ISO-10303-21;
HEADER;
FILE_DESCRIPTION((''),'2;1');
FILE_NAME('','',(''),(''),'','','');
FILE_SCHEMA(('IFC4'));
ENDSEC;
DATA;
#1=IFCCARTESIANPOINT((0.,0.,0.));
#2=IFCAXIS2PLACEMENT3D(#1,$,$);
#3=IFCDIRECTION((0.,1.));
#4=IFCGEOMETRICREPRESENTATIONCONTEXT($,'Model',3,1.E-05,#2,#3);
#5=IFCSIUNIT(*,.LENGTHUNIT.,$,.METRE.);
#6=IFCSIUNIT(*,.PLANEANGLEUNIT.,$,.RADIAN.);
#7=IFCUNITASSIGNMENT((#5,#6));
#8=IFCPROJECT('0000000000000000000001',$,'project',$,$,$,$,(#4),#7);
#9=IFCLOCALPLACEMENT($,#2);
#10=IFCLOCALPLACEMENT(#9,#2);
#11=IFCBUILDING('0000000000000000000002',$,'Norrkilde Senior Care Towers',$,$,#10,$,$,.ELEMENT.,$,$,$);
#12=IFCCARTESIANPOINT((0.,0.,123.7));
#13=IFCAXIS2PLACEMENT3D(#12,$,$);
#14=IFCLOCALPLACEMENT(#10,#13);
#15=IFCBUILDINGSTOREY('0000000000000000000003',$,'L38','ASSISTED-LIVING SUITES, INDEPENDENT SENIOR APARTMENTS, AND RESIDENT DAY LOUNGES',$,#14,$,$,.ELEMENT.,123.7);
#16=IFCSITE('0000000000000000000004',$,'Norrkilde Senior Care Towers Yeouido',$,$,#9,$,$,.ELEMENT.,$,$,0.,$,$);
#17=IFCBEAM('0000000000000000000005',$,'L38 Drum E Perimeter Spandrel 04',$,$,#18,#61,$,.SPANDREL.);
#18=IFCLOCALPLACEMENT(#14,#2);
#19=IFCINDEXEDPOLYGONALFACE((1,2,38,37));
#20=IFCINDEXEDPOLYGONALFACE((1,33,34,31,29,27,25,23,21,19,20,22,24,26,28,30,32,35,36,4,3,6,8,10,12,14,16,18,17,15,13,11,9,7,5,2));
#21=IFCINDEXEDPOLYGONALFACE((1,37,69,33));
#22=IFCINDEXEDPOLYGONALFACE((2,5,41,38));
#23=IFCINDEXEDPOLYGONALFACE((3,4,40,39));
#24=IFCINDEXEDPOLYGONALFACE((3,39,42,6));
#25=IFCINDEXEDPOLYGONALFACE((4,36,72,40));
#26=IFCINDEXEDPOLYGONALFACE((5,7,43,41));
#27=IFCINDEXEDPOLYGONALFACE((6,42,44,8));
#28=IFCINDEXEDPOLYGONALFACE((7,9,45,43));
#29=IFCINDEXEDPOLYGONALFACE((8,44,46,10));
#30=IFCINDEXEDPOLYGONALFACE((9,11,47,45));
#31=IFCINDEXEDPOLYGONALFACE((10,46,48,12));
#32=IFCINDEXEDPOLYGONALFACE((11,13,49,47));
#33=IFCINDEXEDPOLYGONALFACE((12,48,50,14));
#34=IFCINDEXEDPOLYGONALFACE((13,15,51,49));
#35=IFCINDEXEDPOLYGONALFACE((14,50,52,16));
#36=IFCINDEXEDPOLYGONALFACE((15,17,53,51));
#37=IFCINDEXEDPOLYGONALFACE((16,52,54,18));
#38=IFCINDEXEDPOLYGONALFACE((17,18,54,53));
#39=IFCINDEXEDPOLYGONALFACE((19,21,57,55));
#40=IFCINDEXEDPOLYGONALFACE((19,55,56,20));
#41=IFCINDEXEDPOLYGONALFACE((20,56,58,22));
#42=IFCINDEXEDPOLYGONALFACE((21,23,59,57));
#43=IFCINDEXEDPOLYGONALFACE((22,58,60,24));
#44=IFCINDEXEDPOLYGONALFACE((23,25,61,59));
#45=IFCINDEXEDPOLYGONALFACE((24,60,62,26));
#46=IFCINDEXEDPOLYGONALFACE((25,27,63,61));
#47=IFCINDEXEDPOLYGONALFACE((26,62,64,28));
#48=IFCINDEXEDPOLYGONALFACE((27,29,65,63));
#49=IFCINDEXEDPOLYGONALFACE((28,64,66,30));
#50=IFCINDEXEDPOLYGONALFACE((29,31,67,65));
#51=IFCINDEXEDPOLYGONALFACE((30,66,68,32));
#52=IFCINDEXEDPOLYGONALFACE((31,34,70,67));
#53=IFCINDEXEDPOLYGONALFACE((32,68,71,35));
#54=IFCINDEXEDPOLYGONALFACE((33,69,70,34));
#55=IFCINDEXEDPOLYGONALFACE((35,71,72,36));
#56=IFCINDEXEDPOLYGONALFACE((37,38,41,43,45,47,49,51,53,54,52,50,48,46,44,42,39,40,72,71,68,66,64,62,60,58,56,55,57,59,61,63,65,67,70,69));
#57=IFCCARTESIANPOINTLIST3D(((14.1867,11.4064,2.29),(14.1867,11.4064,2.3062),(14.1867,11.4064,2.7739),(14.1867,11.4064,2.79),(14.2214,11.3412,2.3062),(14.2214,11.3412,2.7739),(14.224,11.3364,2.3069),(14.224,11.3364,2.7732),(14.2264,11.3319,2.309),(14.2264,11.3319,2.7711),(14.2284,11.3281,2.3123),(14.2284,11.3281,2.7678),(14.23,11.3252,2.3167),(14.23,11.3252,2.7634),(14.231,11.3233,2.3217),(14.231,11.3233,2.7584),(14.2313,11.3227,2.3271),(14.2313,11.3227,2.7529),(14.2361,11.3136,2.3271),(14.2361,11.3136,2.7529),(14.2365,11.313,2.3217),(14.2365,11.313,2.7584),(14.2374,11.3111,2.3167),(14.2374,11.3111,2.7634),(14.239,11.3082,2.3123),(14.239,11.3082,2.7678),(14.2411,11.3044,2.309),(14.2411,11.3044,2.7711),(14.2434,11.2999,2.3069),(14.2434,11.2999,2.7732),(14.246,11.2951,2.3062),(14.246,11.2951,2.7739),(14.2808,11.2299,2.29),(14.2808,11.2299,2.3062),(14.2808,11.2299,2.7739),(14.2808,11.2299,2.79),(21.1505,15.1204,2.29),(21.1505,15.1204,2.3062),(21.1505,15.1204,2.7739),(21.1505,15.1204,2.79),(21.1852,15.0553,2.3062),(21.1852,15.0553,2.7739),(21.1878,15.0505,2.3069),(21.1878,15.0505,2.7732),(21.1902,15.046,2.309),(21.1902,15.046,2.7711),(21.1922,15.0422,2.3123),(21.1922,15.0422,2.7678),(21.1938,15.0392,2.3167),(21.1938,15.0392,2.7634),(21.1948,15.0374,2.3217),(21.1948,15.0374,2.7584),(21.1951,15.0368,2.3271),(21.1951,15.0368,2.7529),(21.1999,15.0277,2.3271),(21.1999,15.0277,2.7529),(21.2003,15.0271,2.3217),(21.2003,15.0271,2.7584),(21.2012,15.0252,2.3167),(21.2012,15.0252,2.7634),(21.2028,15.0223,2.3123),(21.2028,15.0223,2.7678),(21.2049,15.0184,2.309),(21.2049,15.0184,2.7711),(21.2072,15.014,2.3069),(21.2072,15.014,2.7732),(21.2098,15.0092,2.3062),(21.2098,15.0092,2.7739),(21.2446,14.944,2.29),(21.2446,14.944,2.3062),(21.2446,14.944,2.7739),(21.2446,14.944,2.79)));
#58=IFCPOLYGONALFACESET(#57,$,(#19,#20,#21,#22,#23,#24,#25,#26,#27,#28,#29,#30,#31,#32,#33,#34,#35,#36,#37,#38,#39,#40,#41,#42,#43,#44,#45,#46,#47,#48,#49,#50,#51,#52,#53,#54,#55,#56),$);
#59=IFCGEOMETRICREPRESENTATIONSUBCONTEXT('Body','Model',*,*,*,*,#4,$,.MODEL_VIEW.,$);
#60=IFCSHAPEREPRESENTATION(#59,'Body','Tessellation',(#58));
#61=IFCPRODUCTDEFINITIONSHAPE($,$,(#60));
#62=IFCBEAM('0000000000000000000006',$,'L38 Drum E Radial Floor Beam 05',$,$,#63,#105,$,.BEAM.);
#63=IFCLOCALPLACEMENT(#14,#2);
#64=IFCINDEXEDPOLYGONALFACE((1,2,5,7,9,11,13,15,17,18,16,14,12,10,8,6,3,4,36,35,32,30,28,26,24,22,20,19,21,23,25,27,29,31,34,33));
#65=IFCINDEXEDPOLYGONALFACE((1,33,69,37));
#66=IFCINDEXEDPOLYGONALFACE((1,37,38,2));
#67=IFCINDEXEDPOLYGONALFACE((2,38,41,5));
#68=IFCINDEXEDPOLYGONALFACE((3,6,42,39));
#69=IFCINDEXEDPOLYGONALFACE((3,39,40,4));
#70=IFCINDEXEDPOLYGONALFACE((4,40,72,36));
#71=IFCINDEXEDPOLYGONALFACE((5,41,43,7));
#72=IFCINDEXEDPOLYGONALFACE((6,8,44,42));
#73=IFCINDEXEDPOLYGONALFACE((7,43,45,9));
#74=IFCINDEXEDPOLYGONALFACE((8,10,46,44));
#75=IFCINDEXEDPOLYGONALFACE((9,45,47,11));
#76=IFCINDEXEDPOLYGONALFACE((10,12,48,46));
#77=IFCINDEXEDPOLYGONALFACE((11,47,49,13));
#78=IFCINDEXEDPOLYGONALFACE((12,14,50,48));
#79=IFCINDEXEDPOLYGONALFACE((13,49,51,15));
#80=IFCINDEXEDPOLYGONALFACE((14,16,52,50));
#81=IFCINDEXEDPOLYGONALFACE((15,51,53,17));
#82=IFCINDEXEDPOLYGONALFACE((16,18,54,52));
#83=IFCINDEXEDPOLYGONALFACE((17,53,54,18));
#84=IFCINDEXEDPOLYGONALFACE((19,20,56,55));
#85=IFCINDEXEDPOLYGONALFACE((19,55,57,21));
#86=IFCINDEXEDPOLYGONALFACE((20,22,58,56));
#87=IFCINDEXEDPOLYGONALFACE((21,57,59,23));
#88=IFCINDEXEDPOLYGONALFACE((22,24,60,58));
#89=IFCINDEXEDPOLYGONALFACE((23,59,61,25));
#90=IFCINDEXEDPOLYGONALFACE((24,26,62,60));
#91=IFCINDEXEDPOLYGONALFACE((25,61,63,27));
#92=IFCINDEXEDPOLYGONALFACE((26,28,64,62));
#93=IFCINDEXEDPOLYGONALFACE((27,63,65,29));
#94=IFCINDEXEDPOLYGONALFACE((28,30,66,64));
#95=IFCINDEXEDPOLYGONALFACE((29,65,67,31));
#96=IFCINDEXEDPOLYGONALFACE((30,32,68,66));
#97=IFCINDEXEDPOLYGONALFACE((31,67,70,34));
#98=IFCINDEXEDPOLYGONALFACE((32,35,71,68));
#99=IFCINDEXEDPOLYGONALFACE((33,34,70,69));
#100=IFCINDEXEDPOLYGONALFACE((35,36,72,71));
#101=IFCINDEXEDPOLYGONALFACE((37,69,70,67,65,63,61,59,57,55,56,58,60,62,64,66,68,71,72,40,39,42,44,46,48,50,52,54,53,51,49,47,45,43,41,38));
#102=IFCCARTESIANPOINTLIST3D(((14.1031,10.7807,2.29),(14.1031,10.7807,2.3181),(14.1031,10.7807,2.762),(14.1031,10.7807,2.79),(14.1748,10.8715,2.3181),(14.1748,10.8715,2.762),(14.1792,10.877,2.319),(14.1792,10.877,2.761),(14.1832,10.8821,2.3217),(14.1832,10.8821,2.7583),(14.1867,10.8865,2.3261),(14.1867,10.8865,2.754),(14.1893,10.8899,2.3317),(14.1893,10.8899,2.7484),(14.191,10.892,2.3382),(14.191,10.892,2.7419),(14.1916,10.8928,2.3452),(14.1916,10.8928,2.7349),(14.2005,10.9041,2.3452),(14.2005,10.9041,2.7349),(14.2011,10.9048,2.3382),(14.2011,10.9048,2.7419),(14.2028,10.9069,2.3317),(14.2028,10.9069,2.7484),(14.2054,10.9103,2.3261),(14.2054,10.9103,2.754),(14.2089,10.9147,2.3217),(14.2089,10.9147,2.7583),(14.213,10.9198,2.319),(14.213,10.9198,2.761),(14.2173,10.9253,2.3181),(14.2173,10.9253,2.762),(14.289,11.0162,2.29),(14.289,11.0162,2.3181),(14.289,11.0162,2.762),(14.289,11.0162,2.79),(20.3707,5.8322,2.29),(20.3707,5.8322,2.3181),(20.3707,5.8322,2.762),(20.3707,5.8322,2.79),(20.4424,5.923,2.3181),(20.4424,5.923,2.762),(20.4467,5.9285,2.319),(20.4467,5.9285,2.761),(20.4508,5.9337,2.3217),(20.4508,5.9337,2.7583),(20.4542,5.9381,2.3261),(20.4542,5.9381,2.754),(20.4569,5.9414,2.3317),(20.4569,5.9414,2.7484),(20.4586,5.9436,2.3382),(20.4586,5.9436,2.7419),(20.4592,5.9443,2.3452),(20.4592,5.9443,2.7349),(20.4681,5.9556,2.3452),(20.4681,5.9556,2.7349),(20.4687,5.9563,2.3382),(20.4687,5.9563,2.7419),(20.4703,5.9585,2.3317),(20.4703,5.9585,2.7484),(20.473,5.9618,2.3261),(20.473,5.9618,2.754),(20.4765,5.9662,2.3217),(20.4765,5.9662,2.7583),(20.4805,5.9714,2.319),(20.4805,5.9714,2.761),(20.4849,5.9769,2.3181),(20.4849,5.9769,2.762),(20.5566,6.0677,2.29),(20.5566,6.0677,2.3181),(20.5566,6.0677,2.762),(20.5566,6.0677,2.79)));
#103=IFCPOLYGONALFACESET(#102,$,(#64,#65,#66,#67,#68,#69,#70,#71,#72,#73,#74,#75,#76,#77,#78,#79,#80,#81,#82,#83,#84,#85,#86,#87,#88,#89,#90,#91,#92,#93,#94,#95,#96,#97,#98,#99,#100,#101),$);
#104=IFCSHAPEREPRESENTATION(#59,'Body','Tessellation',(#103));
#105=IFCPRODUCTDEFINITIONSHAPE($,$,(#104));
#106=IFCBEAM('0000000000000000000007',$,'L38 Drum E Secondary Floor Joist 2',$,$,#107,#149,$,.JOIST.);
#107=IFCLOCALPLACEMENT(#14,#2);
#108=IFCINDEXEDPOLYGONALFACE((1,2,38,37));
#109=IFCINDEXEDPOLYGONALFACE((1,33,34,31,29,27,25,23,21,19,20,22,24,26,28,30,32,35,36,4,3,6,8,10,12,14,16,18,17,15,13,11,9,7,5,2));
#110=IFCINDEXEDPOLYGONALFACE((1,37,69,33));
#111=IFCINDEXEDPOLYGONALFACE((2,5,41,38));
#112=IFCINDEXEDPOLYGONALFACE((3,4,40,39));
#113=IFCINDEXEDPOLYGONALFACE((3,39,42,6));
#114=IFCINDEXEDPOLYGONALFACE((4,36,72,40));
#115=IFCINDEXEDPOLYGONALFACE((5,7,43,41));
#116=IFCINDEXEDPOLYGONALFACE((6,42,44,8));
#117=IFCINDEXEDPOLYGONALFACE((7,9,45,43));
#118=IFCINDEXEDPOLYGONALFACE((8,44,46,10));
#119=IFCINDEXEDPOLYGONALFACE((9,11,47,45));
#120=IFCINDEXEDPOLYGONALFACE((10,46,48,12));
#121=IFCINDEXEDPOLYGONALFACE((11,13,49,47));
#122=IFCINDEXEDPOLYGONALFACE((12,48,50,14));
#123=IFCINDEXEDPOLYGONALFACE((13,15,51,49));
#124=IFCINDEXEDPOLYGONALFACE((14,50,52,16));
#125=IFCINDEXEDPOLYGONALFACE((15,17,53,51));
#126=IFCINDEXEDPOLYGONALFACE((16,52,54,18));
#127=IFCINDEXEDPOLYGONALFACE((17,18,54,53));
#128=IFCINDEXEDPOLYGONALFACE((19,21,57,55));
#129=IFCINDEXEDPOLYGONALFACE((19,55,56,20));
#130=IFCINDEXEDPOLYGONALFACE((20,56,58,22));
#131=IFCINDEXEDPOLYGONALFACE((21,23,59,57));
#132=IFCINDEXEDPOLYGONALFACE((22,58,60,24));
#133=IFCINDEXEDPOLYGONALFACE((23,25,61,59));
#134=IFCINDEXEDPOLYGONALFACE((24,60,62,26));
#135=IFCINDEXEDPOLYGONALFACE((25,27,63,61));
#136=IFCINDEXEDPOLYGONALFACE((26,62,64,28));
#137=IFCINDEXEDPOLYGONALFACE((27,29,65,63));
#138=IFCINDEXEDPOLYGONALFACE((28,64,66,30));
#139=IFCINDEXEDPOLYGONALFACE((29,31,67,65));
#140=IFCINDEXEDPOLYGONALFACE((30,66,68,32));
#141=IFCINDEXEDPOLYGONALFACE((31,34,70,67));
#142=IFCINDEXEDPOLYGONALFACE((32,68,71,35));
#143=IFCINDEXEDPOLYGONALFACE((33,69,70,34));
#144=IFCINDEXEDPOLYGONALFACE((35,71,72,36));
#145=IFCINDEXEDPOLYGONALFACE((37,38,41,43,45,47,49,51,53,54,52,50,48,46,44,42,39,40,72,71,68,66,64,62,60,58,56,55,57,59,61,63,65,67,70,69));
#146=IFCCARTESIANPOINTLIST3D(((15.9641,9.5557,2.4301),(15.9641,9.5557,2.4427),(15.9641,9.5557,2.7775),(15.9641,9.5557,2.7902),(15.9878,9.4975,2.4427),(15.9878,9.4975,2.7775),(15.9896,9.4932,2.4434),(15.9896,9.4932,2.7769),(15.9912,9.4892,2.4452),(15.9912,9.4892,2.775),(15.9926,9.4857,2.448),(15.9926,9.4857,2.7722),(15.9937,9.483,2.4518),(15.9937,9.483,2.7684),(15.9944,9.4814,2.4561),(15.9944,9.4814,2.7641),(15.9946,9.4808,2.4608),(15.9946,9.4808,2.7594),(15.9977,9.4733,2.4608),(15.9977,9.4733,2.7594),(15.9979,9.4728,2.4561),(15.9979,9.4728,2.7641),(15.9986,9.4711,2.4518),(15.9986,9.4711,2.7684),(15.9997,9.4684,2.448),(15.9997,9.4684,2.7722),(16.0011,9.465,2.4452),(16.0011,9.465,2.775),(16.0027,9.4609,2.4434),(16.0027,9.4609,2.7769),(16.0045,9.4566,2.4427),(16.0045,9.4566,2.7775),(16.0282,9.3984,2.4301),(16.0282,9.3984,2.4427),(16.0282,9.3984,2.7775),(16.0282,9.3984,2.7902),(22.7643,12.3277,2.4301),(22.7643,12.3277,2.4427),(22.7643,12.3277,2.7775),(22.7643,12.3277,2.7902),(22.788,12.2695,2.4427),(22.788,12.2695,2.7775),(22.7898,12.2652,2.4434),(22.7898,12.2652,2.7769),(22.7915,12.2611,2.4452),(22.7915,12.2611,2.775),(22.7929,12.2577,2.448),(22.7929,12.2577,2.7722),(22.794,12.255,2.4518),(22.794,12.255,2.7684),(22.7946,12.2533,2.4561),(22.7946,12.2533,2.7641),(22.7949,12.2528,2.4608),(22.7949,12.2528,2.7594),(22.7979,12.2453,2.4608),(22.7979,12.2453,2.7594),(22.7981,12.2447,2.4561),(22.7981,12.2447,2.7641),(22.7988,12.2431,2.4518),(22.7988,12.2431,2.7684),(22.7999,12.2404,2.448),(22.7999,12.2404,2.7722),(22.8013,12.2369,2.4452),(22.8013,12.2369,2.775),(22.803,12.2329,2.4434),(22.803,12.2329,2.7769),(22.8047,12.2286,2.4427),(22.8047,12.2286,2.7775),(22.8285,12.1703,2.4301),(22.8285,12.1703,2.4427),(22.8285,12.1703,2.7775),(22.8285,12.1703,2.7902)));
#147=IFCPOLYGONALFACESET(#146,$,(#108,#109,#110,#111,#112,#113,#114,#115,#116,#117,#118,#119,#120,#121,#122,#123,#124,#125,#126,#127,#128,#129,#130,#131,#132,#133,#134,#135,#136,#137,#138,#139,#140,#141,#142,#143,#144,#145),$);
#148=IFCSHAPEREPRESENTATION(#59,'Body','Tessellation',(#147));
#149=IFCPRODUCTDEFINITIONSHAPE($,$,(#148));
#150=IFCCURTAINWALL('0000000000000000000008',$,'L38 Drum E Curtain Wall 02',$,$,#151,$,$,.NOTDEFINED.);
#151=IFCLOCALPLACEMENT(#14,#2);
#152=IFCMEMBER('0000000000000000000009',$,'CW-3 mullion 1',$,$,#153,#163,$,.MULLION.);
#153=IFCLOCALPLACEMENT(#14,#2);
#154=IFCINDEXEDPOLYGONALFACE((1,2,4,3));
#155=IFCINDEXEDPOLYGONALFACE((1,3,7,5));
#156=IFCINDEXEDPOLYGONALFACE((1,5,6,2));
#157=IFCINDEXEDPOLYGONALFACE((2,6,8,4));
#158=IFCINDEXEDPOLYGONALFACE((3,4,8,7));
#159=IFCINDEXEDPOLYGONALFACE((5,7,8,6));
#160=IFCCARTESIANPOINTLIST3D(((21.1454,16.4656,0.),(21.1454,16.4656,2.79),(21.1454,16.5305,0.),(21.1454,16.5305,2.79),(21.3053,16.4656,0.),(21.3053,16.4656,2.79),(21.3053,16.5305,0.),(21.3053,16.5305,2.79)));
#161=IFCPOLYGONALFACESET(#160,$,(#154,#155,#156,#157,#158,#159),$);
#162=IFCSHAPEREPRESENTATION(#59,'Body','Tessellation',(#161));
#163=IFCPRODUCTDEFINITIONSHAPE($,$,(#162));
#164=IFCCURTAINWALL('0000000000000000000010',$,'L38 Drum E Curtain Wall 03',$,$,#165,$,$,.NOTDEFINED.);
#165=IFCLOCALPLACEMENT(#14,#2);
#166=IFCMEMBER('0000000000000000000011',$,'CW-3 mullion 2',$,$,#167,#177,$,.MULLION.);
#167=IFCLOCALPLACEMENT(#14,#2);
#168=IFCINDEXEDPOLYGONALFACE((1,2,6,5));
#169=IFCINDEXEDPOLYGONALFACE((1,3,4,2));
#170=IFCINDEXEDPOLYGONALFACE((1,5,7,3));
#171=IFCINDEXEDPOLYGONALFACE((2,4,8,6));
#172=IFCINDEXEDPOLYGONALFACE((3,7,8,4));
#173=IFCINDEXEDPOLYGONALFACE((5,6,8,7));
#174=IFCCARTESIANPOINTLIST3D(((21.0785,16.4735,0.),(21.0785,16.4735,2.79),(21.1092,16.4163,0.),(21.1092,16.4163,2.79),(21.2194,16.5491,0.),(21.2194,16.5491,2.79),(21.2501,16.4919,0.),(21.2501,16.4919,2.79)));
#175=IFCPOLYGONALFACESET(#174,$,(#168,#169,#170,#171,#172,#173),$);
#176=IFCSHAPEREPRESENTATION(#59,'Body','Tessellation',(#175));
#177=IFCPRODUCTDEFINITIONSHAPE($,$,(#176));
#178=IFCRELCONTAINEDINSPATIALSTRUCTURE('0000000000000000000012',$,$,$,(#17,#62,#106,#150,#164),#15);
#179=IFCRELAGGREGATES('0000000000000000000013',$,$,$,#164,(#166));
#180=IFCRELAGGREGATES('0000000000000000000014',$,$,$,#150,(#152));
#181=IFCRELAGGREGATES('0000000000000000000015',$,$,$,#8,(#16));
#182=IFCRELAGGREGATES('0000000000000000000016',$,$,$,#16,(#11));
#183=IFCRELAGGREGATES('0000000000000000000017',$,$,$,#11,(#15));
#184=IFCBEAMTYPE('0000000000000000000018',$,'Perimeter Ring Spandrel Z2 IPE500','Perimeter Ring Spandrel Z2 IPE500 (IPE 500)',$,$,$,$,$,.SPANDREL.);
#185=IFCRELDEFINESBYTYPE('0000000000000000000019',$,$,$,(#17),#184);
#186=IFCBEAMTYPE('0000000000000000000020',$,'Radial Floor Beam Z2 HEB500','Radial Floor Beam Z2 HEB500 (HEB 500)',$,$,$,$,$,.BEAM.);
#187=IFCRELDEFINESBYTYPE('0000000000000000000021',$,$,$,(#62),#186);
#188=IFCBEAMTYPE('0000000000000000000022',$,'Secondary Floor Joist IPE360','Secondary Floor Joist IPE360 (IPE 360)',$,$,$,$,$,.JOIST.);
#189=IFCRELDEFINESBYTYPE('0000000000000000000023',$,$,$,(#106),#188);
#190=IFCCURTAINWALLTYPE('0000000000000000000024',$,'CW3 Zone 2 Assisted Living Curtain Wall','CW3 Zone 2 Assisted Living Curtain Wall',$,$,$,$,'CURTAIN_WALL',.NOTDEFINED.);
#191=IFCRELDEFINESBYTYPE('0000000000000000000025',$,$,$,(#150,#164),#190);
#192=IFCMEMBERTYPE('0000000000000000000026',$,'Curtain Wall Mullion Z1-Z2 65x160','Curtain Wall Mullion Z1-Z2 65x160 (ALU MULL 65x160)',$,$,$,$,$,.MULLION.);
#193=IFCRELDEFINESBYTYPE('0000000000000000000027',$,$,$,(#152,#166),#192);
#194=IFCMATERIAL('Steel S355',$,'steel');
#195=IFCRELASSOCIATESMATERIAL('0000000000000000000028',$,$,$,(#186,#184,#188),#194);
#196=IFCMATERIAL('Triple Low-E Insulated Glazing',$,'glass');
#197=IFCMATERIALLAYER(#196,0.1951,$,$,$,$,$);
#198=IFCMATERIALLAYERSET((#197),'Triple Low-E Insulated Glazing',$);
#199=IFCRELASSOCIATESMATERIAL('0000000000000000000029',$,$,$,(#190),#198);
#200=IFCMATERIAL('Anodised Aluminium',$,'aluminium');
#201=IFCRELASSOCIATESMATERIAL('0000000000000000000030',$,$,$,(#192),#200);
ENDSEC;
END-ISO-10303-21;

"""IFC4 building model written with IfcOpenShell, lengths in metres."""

from ifc_helpers import new_model, si_unit, direction, frame, origin, origin_2d, place, context, subcontext, project, spatial, rectangle, i_section, extrude, source, transform, mapped, material, layer, layer_set, material_profile, profile_set, type_object, type_shapes, element, aggregate, save


model = new_model("IFC4")

# Units and contexts
model_context = context("Model", 3, precision=1e-05, world=origin(), true_north=direction((0.0, 1.0)))
body_context = subcontext(model_context, "Body", "Model", "MODEL_VIEW")
ifc_project = project(units=[si_unit("LENGTHUNIT", "METRE"), si_unit("PLANEANGLEUNIT", "RADIAN")], contexts=[model_context])

# Site, building, storey
site_placement = place(None, origin())
site = spatial("IfcSite", under=ifc_project, at=site_placement, Name="Norrkilde Senior Care Towers Yeouido", CompositionType="ELEMENT", RefElevation=0.0)
building_placement = place(site_placement, origin())
building = spatial("IfcBuilding", under=site, at=building_placement, Name="Norrkilde Senior Care Towers", CompositionType="ELEMENT")
storey_placement = place(building_placement, frame((0.0, 0.0, 123.7)))
storey = spatial("IfcBuildingStorey", under=building, at=storey_placement, Name="L38", Description="ASSISTED-LIVING SUITES, INDEPENDENT SENIOR APARTMENTS, AND RESIDENT DAY LOUNGES", CompositionType="ELEMENT", Elevation=123.7)

# Beams
ifc_material_1 = material(Name="Steel S355", Category="steel")
ifc_material_profile_1 = material_profile(ifc_material_1, i_section(OverallWidth=0.3, OverallDepth=0.5, WebThickness=0.0144, FlangeThickness=0.0281, FilletRadius=0.0271, at=origin_2d()), Name="HEB 500")
ifc_profile_set_1 = profile_set([ifc_material_profile_1], Name="Steel S355")
beam_type_1 = type_object("IfcBeamType", Name="Radial Floor Beam Z2 HEB500", Description="Radial Floor Beam Z2 HEB500 (HEB 500)", PredefinedType="BEAM", material=ifc_profile_set_1)
ifc_material_profile_2 = material_profile(ifc_material_1, i_section(OverallWidth=0.2, OverallDepth=0.5, WebThickness=0.0103, FlangeThickness=0.0161, FilletRadius=0.021, at=origin_2d()), Name="IPE 500")
ifc_profile_set_2 = profile_set([ifc_material_profile_2], Name="Steel S355")
beam_type_2 = type_object("IfcBeamType", Name="Perimeter Ring Spandrel Z2 IPE500", Description="Perimeter Ring Spandrel Z2 IPE500 (IPE 500)", PredefinedType="SPANDREL", material=ifc_profile_set_2)
shared_shape_1 = source(origin(), body_context, "Body", "SweptSolid", [
    extrude(i_section(OverallWidth=0.2, OverallDepth=0.5, WebThickness=0.0103, FlangeThickness=0.0161, FilletRadius=0.021, at=origin_2d()), origin(), (0.0, 0.0, 1.0), 7.8923),
])
type_shapes(beam_type_2, [shared_shape_1])
beam_1_placement = place(storey_placement, frame((21.1975, 15.0322, 2.54), z_axis=(-0.88235, -0.470593, 0.0), x_axis=(0.470593, -0.88235, 0.0)))
element("IfcBeam", 1, at=beam_1_placement, inside=storey, type_object=beam_type_2, Name="L38 Drum E Perimeter Spandrel 04", PredefinedType="SPANDREL", context=body_context, shape_type="MappedRepresentation", body=[
    mapped(shared_shape_1, transform((0.0, 0.0, 0.0), x_axis=(1.0, 0.0, 0.0), y_axis=(0.0, 1.0, 0.0), z_axis=(0.0, 0.0, 1.0), scale=1.0)),
])
shared_shape_2 = source(origin(), body_context, "Body", "SweptSolid", [
    extrude(i_section(OverallWidth=0.3, OverallDepth=0.5, WebThickness=0.0144, FlangeThickness=0.0281, FilletRadius=0.0271, at=origin_2d()), origin(), (0.0, 0.0, 1.0), 7.9856),
])
beam_2_placement = place(storey_placement, frame((20.4636, 5.95, 2.54), z_axis=(-0.784859, 0.619675, 0.0), x_axis=(-0.619675, -0.784859, 0.0)))
element("IfcBeam", 2, at=beam_2_placement, inside=storey, type_object=beam_type_1, Name="L38 Drum E Radial Floor Beam 05", PredefinedType="BEAM", context=body_context, shape_type="MappedRepresentation", body=[
    mapped(shared_shape_2, transform((0.0, 0.0, 0.0), x_axis=(1.0, 0.0, 0.0), y_axis=(0.0, 1.0, 0.0), z_axis=(0.0, 0.0, 1.0), scale=1.0)),
])
ifc_material_profile_3 = material_profile(ifc_material_1, i_section(OverallWidth=0.1699, OverallDepth=0.3601, WebThickness=0.0081, FlangeThickness=0.0127, FilletRadius=0.0181, at=origin_2d()), Name="IPE 360")
ifc_profile_set_3 = profile_set([ifc_material_profile_3], Name="Steel S355")
beam_type_3 = type_object("IfcBeamType", Name="Secondary Floor Joist IPE360", Description="Secondary Floor Joist IPE360 (IPE 360)", PredefinedType="JOIST", material=ifc_profile_set_3)
shared_shape_3 = source(origin(), body_context, "Body", "SweptSolid", [
    extrude(i_section(OverallWidth=0.1699, OverallDepth=0.3601, WebThickness=0.0081, FlangeThickness=0.0127, FilletRadius=0.0181, at=origin_2d()), origin(), (0.0, 0.0, 1.0), 7.3435),
])
type_shapes(beam_type_3, [shared_shape_3])
beam_3_placement = place(storey_placement, frame((22.7964, 12.249, 2.6101), z_axis=(-0.926022, -0.37747, 0.0), x_axis=(0.37747, -0.926022, 0.0)))
element("IfcBeam", 3, at=beam_3_placement, inside=storey, type_object=beam_type_3, Name="L38 Drum E Secondary Floor Joist 2", PredefinedType="JOIST", context=body_context, shape_type="MappedRepresentation", body=[
    mapped(shared_shape_3, transform((0.0, 0.0, 0.0), x_axis=(1.0, 0.0, 0.0), y_axis=(0.0, 1.0, 0.0), z_axis=(0.0, 0.0, 1.0), scale=1.0)),
])

# Curtain walls, members
ifc_material_2 = material(Name="Triple Low-E Insulated Glazing", Category="glass")
ifc_layer_1 = layer(ifc_material_2, 0.1951)
ifc_layer_set_1 = layer_set([ifc_layer_1], Name="Triple Low-E Insulated Glazing")
curtain_wall_type = type_object("IfcCurtainWallType", Name="CW3 Zone 2 Assisted Living Curtain Wall", Description="CW3 Zone 2 Assisted Living Curtain Wall", ElementType="CURTAIN_WALL", PredefinedType="NOTDEFINED", material=ifc_layer_set_1)
curtain_wall_1_placement = place(storey_placement, origin())
curtain_wall_1 = element("IfcCurtainWall", 4, at=curtain_wall_1_placement, inside=storey, type_object=curtain_wall_type, Name="L38 Drum E Curtain Wall 02", PredefinedType="NOTDEFINED")
ifc_material_3 = material(Name="Anodised Aluminium", Category="aluminium")
ifc_material_profile_4 = material_profile(ifc_material_3, rectangle(XDim=0.0649, YDim=0.1599, at=origin_2d()), Name="ALU MULL 65x160")
ifc_profile_set_4 = profile_set([ifc_material_profile_4], Name="Anodised Aluminium")
member_type_1 = type_object("IfcMemberType", Name="Curtain Wall Mullion Z1-Z2 65x160", Description="Curtain Wall Mullion Z1-Z2 65x160 (ALU MULL 65x160)", PredefinedType="MULLION", material=ifc_profile_set_4)
shared_shape_4 = source(origin(), body_context, "Body", "SweptSolid", [
    extrude(rectangle(XDim=0.0649, YDim=0.1599, at=origin_2d()), origin(), (0.0, 0.0, 1.0), 2.79),
])
type_shapes(member_type_1, [shared_shape_4])
member_1_placement = place(storey_placement, frame((21.2253, 16.498, 0.0), z_axis=(0.0, 0.0, 1.0), x_axis=(0.0, 1.0, 0.0)))
member_1 = element("IfcMember", 5, at=member_1_placement, type_object=member_type_1, Name="CW-3 mullion 1", PredefinedType="MULLION", context=body_context, shape_type="MappedRepresentation", body=[
    mapped(shared_shape_4, transform((0.0, 0.0, 0.0), x_axis=(1.0, 0.0, 0.0), y_axis=(0.0, 1.0, 0.0), z_axis=(0.0, 0.0, 1.0), scale=1.0)),
])
curtain_wall_2_placement = place(storey_placement, origin())
curtain_wall_2 = element("IfcCurtainWall", 6, at=curtain_wall_2_placement, inside=storey, type_object=curtain_wall_type, Name="L38 Drum E Curtain Wall 03", PredefinedType="NOTDEFINED")
member_2_placement = place(storey_placement, frame((21.1643, 16.4827, 0.0), z_axis=(0.0, 0.0, 1.0), x_axis=(-0.472769, 0.881186, 0.0)))
member_2 = element("IfcMember", 7, at=member_2_placement, type_object=member_type_1, Name="CW-3 mullion 2", PredefinedType="MULLION", context=body_context, shape_type="MappedRepresentation", body=[
    mapped(shared_shape_4, transform((0.0, 0.0, 0.0), x_axis=(1.0, 0.0, 0.0), y_axis=(0.0, 1.0, 0.0), z_axis=(0.0, 0.0, 1.0), scale=1.0)),
])
aggregate(curtain_wall_2, [member_2])

aggregate(curtain_wall_1, [member_1])

save(model, "model.ifc")
